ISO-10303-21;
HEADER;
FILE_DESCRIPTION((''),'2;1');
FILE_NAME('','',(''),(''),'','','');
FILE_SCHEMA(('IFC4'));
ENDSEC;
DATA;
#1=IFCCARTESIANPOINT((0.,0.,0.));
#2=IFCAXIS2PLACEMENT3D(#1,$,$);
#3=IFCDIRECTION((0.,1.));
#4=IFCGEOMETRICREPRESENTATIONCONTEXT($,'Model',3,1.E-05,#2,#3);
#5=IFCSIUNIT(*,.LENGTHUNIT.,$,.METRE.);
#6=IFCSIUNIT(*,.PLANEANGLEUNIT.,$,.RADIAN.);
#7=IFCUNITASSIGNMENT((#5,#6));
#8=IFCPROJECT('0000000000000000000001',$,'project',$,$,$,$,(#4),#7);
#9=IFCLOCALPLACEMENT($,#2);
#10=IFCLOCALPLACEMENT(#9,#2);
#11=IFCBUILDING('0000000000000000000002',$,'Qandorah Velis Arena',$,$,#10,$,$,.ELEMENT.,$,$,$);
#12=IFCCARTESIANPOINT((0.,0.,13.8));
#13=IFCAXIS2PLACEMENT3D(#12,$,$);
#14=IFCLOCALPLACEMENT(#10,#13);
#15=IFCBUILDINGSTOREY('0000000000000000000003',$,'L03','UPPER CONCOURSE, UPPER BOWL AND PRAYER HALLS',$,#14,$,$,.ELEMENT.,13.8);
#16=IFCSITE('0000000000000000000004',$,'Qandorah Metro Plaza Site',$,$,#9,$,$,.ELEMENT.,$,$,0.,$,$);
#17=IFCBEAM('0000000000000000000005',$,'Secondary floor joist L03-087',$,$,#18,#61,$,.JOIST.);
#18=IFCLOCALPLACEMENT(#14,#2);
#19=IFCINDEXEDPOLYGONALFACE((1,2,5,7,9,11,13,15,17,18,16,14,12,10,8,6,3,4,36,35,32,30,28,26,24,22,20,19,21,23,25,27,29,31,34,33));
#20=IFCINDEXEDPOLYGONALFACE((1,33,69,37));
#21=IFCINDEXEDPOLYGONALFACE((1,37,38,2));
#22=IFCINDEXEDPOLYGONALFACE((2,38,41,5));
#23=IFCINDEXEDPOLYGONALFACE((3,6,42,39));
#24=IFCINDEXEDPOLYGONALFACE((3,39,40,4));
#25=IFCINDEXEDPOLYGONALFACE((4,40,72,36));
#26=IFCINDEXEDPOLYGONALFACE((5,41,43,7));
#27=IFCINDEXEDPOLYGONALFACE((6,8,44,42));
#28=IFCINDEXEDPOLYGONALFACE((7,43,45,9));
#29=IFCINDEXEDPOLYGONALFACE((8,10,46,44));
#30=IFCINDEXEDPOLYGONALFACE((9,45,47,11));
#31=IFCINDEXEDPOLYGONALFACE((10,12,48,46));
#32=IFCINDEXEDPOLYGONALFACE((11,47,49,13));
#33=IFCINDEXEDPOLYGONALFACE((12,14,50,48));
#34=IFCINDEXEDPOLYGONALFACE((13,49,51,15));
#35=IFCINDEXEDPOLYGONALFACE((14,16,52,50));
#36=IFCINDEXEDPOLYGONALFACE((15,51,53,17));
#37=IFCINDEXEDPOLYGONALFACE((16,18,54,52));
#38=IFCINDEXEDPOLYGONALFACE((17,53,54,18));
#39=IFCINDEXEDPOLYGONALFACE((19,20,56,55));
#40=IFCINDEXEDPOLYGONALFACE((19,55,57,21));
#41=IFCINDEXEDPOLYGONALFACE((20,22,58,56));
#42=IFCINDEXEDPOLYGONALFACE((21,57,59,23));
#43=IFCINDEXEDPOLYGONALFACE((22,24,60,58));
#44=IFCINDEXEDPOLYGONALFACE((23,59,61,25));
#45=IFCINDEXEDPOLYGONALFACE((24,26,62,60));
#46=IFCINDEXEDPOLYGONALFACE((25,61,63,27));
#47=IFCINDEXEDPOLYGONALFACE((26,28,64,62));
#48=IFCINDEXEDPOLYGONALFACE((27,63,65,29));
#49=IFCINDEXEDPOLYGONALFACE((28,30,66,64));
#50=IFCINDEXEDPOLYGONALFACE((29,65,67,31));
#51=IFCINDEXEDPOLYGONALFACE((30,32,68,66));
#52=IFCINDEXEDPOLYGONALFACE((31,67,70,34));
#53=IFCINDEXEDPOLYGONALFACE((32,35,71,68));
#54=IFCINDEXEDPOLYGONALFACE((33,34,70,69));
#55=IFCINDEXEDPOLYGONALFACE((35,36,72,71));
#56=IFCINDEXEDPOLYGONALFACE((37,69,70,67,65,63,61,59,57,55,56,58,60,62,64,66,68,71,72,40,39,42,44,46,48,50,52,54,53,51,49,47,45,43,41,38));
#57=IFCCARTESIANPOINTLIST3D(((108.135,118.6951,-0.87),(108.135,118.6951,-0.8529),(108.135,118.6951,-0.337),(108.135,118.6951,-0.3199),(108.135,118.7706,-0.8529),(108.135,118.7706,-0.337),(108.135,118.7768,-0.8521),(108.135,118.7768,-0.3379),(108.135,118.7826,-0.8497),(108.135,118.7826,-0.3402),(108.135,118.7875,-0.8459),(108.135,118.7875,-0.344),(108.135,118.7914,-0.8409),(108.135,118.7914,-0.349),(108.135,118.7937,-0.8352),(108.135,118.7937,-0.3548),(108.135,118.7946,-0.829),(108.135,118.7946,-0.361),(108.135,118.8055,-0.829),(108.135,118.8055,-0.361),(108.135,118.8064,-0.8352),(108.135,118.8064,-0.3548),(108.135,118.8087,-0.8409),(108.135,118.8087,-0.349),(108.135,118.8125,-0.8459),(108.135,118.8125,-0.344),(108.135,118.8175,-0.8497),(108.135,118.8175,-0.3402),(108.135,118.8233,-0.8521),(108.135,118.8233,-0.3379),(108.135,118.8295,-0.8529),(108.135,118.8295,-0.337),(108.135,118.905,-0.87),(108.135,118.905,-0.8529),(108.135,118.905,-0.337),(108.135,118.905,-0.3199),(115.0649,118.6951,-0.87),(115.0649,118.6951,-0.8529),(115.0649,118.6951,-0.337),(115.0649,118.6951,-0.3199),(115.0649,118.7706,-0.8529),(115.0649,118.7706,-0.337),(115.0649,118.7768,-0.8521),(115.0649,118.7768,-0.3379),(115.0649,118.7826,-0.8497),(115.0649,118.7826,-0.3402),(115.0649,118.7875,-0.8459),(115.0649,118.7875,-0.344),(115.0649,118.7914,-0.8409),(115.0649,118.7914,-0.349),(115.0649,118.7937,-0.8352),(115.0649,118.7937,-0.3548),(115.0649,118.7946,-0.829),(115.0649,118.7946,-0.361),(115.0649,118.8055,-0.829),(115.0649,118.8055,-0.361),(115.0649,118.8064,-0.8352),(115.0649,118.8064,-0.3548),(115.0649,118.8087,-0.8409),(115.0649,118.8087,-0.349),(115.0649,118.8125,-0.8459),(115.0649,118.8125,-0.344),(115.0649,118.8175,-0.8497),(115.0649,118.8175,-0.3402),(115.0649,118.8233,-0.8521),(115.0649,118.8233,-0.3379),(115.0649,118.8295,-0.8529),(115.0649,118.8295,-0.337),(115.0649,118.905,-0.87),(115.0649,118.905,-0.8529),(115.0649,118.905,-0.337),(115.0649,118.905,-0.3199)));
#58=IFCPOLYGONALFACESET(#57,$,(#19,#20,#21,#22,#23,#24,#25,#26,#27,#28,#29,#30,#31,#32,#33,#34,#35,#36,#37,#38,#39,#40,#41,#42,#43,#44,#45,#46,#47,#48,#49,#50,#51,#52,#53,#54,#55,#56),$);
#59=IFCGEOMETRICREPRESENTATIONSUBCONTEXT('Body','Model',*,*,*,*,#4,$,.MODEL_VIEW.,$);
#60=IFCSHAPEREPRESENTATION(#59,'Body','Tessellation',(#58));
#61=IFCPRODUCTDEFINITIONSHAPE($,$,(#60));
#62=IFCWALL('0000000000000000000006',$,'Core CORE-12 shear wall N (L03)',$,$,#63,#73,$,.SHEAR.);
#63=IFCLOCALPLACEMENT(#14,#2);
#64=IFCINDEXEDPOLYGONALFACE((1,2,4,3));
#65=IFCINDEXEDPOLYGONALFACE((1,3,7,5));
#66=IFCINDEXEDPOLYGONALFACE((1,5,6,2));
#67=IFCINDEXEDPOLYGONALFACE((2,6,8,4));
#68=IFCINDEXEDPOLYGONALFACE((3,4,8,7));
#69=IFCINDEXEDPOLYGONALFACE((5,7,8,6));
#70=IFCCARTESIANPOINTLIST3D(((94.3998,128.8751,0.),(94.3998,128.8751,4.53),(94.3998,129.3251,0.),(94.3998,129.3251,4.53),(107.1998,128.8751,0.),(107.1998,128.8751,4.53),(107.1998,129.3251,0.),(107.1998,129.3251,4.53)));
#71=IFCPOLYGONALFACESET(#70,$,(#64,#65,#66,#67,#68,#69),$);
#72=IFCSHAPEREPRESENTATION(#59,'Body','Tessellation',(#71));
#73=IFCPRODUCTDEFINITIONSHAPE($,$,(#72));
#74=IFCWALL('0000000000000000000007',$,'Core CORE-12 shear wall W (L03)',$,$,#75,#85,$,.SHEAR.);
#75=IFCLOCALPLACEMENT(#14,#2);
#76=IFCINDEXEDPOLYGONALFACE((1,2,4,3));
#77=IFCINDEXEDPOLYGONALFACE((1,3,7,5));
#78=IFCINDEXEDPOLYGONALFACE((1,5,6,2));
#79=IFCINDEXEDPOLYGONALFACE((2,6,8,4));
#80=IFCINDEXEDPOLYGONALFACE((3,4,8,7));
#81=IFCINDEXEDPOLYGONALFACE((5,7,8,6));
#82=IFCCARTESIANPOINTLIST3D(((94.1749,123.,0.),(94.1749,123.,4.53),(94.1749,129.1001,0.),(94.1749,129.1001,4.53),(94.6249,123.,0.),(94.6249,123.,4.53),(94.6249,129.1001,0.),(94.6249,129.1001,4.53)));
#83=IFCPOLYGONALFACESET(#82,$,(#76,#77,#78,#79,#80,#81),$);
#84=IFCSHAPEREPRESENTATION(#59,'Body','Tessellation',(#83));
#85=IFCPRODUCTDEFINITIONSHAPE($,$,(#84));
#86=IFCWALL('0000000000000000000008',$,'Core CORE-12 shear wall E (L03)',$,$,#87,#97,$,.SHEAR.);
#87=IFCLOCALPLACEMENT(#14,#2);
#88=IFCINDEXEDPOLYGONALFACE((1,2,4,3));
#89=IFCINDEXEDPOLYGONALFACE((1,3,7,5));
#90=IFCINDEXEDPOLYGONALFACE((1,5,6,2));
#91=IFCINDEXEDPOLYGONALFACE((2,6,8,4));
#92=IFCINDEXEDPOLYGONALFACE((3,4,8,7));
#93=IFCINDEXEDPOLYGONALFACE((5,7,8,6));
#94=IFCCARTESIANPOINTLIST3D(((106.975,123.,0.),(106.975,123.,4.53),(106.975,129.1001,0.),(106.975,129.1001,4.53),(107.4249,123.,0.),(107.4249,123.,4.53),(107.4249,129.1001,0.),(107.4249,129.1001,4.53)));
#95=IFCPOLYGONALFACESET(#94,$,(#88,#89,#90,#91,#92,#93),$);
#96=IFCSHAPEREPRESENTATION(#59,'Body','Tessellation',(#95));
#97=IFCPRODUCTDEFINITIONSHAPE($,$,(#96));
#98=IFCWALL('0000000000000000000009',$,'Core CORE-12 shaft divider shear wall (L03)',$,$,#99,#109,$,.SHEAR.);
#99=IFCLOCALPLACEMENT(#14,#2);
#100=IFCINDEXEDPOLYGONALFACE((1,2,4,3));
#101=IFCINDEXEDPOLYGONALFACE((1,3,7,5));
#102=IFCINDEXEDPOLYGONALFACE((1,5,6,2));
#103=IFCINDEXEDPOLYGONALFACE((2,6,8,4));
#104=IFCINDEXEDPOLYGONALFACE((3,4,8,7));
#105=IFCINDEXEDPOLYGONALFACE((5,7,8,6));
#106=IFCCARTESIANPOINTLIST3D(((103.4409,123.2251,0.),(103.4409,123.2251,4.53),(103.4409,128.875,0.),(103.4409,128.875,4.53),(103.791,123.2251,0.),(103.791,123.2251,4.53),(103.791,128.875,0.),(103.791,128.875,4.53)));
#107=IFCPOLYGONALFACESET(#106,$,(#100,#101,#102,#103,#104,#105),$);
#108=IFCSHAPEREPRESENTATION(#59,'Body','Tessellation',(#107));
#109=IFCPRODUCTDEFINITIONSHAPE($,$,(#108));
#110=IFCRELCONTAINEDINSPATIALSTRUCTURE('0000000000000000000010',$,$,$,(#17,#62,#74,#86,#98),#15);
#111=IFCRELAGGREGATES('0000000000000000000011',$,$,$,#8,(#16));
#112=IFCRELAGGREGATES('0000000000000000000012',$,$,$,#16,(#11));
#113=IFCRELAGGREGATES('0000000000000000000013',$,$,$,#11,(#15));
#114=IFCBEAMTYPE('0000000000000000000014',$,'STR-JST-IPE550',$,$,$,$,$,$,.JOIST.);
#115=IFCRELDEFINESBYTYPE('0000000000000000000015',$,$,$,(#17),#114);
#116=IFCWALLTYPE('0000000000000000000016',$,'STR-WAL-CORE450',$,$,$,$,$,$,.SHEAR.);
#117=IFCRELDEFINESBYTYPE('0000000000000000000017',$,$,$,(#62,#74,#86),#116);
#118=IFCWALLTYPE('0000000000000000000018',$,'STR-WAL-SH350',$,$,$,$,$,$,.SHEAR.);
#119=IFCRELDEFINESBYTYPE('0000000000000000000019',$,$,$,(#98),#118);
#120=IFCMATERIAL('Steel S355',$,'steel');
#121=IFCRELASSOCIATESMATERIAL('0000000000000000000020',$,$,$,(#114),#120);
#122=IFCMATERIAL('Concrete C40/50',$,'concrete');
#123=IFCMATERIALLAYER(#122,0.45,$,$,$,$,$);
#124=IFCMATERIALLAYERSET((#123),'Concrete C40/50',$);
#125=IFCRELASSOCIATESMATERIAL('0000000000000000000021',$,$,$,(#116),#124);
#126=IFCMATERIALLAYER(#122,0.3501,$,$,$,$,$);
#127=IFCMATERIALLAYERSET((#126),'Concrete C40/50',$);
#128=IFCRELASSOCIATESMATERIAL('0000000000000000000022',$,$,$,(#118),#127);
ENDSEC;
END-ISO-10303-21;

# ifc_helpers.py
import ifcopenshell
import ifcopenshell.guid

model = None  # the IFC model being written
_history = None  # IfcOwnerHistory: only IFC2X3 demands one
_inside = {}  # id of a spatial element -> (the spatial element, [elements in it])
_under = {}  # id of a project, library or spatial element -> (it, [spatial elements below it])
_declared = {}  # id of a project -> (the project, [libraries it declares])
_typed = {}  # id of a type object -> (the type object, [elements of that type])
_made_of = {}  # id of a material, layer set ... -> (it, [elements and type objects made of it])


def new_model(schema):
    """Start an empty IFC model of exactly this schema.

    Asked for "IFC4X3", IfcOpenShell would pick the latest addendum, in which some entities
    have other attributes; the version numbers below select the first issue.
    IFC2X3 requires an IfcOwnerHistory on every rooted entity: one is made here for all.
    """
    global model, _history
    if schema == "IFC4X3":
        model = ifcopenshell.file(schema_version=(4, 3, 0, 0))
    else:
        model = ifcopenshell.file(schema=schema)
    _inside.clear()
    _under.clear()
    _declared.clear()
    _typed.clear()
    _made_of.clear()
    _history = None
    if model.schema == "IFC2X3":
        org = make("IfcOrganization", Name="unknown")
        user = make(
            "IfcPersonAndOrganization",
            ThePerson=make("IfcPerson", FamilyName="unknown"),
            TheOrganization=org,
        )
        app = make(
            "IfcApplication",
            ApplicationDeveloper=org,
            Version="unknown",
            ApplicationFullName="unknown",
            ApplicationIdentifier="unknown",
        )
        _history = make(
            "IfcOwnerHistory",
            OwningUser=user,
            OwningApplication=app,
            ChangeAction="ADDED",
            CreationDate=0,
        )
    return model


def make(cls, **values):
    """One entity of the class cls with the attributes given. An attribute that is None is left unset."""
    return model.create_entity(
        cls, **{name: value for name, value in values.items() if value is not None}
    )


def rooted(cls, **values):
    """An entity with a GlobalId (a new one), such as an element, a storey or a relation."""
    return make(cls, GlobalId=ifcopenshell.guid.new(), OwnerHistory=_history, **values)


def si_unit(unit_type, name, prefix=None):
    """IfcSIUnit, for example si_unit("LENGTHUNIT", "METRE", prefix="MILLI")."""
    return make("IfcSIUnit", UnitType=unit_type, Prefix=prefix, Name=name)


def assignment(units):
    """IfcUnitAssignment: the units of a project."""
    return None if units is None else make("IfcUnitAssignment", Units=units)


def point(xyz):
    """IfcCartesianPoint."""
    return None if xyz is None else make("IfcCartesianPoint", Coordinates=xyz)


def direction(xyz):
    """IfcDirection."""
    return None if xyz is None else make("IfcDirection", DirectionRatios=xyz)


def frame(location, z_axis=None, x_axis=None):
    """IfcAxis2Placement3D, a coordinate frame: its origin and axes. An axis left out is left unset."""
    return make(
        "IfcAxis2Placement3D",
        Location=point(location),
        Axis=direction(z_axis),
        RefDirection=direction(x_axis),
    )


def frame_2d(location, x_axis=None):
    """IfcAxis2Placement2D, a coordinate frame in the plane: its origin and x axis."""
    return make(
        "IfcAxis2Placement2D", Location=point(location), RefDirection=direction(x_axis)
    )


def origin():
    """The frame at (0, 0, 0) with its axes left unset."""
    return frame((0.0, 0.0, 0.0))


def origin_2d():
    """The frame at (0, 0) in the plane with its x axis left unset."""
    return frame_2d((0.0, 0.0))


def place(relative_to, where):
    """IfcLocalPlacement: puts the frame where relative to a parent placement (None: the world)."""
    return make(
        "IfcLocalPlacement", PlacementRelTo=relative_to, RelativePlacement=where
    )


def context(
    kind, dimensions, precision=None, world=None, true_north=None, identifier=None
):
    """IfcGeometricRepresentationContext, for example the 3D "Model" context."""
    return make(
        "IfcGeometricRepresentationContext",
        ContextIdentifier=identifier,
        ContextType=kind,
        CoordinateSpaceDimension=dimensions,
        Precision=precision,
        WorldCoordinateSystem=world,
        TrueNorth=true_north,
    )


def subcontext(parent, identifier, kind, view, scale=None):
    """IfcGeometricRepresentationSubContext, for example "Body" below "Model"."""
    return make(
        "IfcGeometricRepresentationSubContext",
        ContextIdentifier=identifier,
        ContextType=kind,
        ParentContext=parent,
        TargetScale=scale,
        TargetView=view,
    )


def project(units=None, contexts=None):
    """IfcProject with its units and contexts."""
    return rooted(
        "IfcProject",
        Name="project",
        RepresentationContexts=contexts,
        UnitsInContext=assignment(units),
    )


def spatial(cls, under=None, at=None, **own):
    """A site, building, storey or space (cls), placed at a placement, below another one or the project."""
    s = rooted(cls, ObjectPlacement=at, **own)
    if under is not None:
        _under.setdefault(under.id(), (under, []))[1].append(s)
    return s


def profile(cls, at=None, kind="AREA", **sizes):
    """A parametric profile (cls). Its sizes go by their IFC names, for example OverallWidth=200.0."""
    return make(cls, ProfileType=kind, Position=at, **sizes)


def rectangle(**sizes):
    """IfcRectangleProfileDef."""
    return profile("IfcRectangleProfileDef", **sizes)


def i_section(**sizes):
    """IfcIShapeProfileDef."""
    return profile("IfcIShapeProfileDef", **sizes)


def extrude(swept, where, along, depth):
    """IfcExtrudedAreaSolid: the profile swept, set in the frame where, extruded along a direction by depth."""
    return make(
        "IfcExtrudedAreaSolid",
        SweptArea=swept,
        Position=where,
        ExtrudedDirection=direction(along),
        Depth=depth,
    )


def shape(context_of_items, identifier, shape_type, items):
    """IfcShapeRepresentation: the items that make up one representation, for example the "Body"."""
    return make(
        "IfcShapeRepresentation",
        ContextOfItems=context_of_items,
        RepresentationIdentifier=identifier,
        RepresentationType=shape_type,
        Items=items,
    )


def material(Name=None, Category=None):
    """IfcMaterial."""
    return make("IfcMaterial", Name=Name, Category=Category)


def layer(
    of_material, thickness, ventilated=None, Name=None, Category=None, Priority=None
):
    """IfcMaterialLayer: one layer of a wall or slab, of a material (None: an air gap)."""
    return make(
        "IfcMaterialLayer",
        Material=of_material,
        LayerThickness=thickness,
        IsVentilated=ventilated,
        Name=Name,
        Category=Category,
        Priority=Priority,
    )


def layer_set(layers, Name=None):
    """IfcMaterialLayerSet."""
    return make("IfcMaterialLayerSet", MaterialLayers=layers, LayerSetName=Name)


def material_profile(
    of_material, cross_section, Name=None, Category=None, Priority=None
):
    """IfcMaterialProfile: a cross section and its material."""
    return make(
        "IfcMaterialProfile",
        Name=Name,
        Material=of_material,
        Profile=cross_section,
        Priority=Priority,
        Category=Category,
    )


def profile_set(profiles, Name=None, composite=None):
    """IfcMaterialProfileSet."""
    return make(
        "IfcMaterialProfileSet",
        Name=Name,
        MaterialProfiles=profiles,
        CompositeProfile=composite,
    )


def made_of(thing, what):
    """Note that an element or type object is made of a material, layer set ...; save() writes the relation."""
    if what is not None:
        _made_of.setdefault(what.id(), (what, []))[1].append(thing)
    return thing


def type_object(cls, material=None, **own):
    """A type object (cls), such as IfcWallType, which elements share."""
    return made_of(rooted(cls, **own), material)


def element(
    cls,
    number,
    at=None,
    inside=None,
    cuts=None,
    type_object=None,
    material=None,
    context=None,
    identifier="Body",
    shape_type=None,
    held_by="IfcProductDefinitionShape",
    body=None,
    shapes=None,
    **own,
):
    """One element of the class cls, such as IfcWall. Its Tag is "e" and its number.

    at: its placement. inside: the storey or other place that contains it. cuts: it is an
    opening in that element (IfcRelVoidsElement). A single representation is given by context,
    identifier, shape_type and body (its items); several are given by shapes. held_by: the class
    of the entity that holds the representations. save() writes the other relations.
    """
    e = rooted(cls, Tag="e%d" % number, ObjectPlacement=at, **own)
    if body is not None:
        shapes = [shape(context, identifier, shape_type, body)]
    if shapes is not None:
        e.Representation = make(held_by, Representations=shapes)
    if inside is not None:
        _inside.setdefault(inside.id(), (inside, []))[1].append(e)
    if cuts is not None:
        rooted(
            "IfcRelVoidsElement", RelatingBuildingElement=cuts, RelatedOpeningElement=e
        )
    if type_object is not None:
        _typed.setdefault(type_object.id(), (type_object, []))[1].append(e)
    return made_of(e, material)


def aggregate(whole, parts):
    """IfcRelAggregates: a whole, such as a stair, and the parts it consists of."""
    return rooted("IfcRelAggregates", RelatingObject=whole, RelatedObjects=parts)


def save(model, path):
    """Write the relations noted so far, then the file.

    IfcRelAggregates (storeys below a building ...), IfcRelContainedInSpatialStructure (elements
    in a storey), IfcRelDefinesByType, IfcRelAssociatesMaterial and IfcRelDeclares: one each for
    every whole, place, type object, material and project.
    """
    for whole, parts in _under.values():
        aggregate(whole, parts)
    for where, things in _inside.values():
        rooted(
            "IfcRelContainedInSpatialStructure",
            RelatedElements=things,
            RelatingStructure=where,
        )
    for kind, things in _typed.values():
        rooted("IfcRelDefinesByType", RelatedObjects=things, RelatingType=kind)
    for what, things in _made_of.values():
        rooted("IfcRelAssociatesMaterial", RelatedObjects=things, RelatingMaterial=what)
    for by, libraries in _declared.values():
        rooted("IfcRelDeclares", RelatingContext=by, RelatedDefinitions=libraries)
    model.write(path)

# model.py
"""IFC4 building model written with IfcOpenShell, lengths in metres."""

from ifc_helpers import new_model, si_unit, direction, frame, frame_2d, origin, origin_2d, place, context, subcontext, project, spatial, rectangle, i_section, extrude, material, layer, layer_set, material_profile, profile_set, type_object, element, save


model = new_model("IFC4")

# Units and contexts
model_context = context("Model", 3, precision=1e-05, world=origin(), true_north=direction((0.0, 1.0)))
body_context = subcontext(model_context, "Body", "Model", "MODEL_VIEW")
ifc_project = project(units=[si_unit("LENGTHUNIT", "METRE"), si_unit("PLANEANGLEUNIT", "RADIAN")], contexts=[model_context])

# Site, building, storey
site_placement = place(None, origin())
site = spatial("IfcSite", under=ifc_project, at=site_placement, Name="Qandorah Metro Plaza Site", CompositionType="ELEMENT", RefElevation=0.0)
building_placement = place(site_placement, origin())
building = spatial("IfcBuilding", under=site, at=building_placement, Name="Qandorah Velis Arena", CompositionType="ELEMENT")
storey_placement = place(building_placement, frame((0.0, 0.0, 13.8)))
storey = spatial("IfcBuildingStorey", under=building, at=storey_placement, Name="L03", Description="UPPER CONCOURSE, UPPER BOWL AND PRAYER HALLS", CompositionType="ELEMENT", Elevation=13.8)

# Shared definitions
ifc_material_1 = material(Name="Concrete C40/50", Category="concrete")

# Beam
ifc_material_2 = material(Name="Steel S355", Category="steel")
ifc_material_profile_1 = material_profile(ifc_material_2, i_section(OverallWidth=0.21, OverallDepth=0.55, WebThickness=0.011, FlangeThickness=0.0171, FilletRadius=0.0239, at=origin_2d()), Name="IPE 550")
ifc_profile_set_1 = profile_set([ifc_material_profile_1], Name="Steel S355")
beam_type_1 = type_object("IfcBeamType", Name="STR-JST-IPE550", PredefinedType="JOIST", material=ifc_profile_set_1)
beam_1_placement = place(storey_placement, frame((108.135, 118.8, -0.595), z_axis=(1.0, 0.0, 0.0), x_axis=(0.0, 1.0, 0.0)))
element("IfcBeam", 1, at=beam_1_placement, inside=storey, type_object=beam_type_1, Name="Secondary floor joist L03-087", PredefinedType="JOIST", context=body_context, shape_type="SweptSolid", body=[
    extrude(i_section(OverallWidth=0.21, OverallDepth=0.55, WebThickness=0.011, FlangeThickness=0.0171, FilletRadius=0.0239, at=origin_2d()), origin(), (0.0, 0.0, 1.0), 6.9299),
])

# Shared definitions
ifc_layer_1 = layer(ifc_material_1, 0.45)
ifc_layer_set_1 = layer_set([ifc_layer_1], Name="Concrete C40/50")
wall_type_1 = type_object("IfcWallType", Name="STR-WAL-CORE450", PredefinedType="SHEAR", material=ifc_layer_set_1)

# Walls
wall_1_placement = place(storey_placement, frame((94.3999, 129.1001, 0.0), z_axis=(0.0, 0.0, 1.0), x_axis=(1.0, 0.0, 0.0)))
element("IfcWall", 2, at=wall_1_placement, inside=storey, type_object=wall_type_1, Name="Core CORE-12 shear wall N (L03)", PredefinedType="SHEAR", context=body_context, shape_type="SweptSolid", body=[
    extrude(rectangle(XDim=12.8, YDim=0.45, at=frame_2d((6.3999, 0.0))), origin(), (0.0, 0.0, 1.0), 4.53),
])
for number, where, z_axis, x_axis, name in (
    (3, (94.3999, 123.0, 0.0), (0.0, 0.0, 1.0), (0.0, 1.0, 0.0), "Core CORE-12 shear wall W (L03)"),
    (4, (107.2, 123.0, 0.0), (0.0, 0.0, 1.0), (0.0, 1.0, 0.0), "Core CORE-12 shear wall E (L03)"),
):
    element("IfcWall", number, at=place(storey_placement, frame(where, z_axis=z_axis, x_axis=x_axis)), inside=storey, type_object=wall_type_1, Name=name, PredefinedType="SHEAR", context=body_context, shape_type="SweptSolid", body=[
        extrude(rectangle(XDim=6.1001, YDim=0.45, at=frame_2d((3.05, 0.0))), origin(), (0.0, 0.0, 1.0), 4.53),
    ])
ifc_layer_2 = layer(ifc_material_1, 0.3501)
ifc_layer_set_2 = layer_set([ifc_layer_2], Name="Concrete C40/50")
wall_type_2 = type_object("IfcWallType", Name="STR-WAL-SH350", PredefinedType="SHEAR", material=ifc_layer_set_2)
wall_2_placement = place(storey_placement, frame((103.616, 123.2251, 0.0), z_axis=(0.0, 0.0, 1.0), x_axis=(0.0, 1.0, 0.0)))
element("IfcWall", 5, at=wall_2_placement, inside=storey, type_object=wall_type_2, Name="Core CORE-12 shaft divider shear wall (L03)", PredefinedType="SHEAR", context=body_context, shape_type="SweptSolid", body=[
    extrude(rectangle(XDim=5.6499, YDim=0.3501, at=frame_2d((2.825, 0.0))), origin(), (0.0, 0.0, 1.0), 4.53),
])

save(model, "model.ifc")
